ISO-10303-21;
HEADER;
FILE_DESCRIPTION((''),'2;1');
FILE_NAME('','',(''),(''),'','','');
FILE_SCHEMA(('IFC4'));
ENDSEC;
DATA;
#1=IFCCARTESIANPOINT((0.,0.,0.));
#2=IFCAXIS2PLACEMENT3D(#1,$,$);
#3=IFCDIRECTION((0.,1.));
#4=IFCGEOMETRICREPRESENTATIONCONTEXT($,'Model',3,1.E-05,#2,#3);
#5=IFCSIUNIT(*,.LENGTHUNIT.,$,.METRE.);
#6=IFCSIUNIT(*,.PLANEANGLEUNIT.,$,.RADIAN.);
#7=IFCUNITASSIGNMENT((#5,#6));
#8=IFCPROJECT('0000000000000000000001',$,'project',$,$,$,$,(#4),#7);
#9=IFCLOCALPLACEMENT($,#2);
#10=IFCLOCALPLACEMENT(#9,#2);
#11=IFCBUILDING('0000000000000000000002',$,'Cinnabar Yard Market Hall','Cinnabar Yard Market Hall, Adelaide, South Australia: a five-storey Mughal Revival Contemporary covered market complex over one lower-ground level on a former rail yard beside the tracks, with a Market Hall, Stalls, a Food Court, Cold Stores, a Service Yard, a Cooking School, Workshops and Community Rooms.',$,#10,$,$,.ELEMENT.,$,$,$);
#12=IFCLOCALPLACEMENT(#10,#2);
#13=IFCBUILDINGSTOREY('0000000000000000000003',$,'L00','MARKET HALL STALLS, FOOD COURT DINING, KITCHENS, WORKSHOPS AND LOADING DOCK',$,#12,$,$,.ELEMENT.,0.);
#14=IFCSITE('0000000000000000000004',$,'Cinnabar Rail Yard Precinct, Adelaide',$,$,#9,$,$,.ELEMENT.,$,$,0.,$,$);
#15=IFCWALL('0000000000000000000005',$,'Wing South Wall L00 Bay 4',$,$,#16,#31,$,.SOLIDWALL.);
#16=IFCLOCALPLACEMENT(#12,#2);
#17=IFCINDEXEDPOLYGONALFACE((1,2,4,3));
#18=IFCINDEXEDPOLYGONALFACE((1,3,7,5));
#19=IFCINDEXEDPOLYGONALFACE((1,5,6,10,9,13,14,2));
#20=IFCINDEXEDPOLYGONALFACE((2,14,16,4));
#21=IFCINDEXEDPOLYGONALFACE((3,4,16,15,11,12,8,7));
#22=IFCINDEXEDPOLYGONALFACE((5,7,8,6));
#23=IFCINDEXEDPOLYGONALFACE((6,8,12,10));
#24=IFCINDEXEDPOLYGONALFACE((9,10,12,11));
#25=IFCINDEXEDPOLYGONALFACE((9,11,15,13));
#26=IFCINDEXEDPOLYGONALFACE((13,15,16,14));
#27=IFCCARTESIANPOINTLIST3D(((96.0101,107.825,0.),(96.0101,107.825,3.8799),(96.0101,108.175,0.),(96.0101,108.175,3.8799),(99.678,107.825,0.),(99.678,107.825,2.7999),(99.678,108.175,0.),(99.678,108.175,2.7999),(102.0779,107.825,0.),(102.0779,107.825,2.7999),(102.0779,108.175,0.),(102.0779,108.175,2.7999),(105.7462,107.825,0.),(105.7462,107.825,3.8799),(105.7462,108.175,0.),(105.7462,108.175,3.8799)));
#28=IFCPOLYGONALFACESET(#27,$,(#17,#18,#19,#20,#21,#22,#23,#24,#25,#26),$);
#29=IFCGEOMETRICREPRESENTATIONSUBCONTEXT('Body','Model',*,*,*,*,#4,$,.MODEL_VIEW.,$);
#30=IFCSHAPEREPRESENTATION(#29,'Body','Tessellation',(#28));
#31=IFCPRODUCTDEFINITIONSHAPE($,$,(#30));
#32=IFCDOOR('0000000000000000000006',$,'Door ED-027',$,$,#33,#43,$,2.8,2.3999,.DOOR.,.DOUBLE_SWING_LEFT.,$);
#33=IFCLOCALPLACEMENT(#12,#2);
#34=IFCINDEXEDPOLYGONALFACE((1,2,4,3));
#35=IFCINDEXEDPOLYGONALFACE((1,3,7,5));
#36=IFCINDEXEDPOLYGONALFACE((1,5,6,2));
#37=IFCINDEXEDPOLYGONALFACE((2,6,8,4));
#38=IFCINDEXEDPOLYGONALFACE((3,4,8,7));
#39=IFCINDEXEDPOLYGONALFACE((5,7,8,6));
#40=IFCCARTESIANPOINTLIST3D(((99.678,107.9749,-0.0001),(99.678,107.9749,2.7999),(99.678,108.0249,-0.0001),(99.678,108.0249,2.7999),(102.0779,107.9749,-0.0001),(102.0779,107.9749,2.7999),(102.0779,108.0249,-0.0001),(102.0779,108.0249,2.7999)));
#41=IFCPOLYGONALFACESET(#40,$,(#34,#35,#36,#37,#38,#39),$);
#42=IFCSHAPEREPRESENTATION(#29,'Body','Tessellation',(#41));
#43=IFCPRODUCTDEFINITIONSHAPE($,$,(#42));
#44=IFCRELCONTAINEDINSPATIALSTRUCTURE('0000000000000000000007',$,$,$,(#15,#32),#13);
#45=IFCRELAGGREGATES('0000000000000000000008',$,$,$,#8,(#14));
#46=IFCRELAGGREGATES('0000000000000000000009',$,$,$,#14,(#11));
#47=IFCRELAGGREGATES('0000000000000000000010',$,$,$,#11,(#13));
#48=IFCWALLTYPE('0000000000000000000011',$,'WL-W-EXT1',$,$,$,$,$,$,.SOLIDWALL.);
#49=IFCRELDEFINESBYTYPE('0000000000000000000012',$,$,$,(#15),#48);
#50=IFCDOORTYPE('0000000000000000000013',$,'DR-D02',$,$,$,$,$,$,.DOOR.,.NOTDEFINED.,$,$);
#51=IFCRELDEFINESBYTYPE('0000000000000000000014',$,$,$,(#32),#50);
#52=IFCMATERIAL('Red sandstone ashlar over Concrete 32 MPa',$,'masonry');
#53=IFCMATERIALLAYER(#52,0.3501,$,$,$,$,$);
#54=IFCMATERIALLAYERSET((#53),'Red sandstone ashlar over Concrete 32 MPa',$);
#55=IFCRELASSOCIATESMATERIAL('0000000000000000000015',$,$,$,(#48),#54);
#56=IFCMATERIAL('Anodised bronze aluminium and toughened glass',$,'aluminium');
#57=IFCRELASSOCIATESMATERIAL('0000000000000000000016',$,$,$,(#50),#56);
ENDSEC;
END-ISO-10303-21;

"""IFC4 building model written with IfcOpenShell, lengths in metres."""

from ifc_helpers import new_model, si_unit, direction, frame, frame_2d, origin, place, context, subcontext, project, spatial, rectangle, extrude, material, layer, layer_set, type_object, element, fill, save


model = new_model("IFC4")

# Units and contexts
model_context = context("Model", 3, precision=1e-05, world=origin(), true_north=direction((0.0, 1.0)))
body_context = subcontext(model_context, "Body", "Model", "MODEL_VIEW")
ifc_project = project(units=[si_unit("LENGTHUNIT", "METRE"), si_unit("PLANEANGLEUNIT", "RADIAN")], contexts=[model_context])

# Site, building, storey
site_placement = place(None, origin())
site = spatial("IfcSite", under=ifc_project, at=site_placement, Name="Cinnabar Rail Yard Precinct, Adelaide", CompositionType="ELEMENT", RefElevation=0.0)
building_placement = place(site_placement, origin())
building = spatial("IfcBuilding", under=site, at=building_placement, Name="Cinnabar Yard Market Hall", Description="Cinnabar Yard Market Hall, Adelaide, South Australia: a five-storey Mughal Revival Contemporary covered market complex over one lower-ground level on a former rail yard beside the tracks, with a Market Hall, Stalls, a Food Court, Cold Stores, a Service Yard, a Cooking School, Workshops and Community Rooms.", CompositionType="ELEMENT")
storey_placement = place(building_placement, origin())
storey = spatial("IfcBuildingStorey", under=building, at=storey_placement, Name="L00", Description="MARKET HALL STALLS, FOOD COURT DINING, KITCHENS, WORKSHOPS AND LOADING DOCK", CompositionType="ELEMENT", Elevation=0.0)

# Wall, opening, door
ifc_material_1 = material(Name="Red sandstone ashlar over Concrete 32 MPa", Category="masonry")
ifc_layer = layer(ifc_material_1, 0.3501)
ifc_layer_set = layer_set([ifc_layer], Name="Red sandstone ashlar over Concrete 32 MPa")
wall_type = type_object("IfcWallType", Name="WL-W-EXT1", PredefinedType="SOLIDWALL", material=ifc_layer_set)
ifc_material_2 = material(Name="Anodised bronze aluminium and toughened glass", Category="aluminium")
door_type = type_object("IfcDoorType", Name="DR-D02", OperationType="NOTDEFINED", PredefinedType="DOOR", material=ifc_material_2)
wall_1_placement = place(storey_placement, frame((96.01, 108.0, 0.0), z_axis=(0.0, 0.0, 1.0), x_axis=(1.0, 0.0, 0.0)))
wall_1 = element("IfcWall", 1, at=wall_1_placement, inside=storey, type_object=wall_type, Name="Wing South Wall L00 Bay 4", PredefinedType="SOLIDWALL", context=body_context, shape_type="SweptSolid", body=[
    extrude(rectangle(XDim=9.7361, YDim=0.3501, at=frame_2d((4.8682, 0.0), x_axis=(1.0, 0.0))), origin(), (0.0, 0.0, 1.0), 3.8799),
])
opening_1_placement = place(wall_1_placement, frame((3.668, 0.0, 0.0)))
opening_1 = element("IfcOpeningElement", 2, at=opening_1_placement, cuts=wall_1, PredefinedType="OPENING", context=body_context, shape_type="SweptSolid", body=[
    extrude(rectangle(XDim=2.3999, YDim=2.8, at=frame_2d((1.2, 1.3999), x_axis=(1.0, 0.0))), frame((0.0, 0.1851, 0.0), z_axis=(0.0, -1.0, 0.0), x_axis=(1.0, 0.0, 0.0)), (0.0, 0.0, 1.0), 0.3701),
])
door_1_placement = place(opening_1_placement, origin())
door_1 = element("IfcDoor", 3, at=door_1_placement, inside=storey, type_object=door_type, Name="Door ED-027", OperationType="DOUBLE_SWING_LEFT", OverallHeight=2.8, OverallWidth=2.3999, PredefinedType="DOOR", context=body_context, shape_type="SweptSolid", body=[
    extrude(rectangle(XDim=2.3999, YDim=2.8, at=frame_2d((1.2, 1.3999), x_axis=(1.0, 0.0))), frame((0.0, 0.0249, 0.0), z_axis=(0.0, -1.0, 0.0), x_axis=(1.0, 0.0, 0.0)), (0.0, 0.0, 1.0), 0.05),
])
fill(opening_1, door_1)

save(model, "model.ifc")
